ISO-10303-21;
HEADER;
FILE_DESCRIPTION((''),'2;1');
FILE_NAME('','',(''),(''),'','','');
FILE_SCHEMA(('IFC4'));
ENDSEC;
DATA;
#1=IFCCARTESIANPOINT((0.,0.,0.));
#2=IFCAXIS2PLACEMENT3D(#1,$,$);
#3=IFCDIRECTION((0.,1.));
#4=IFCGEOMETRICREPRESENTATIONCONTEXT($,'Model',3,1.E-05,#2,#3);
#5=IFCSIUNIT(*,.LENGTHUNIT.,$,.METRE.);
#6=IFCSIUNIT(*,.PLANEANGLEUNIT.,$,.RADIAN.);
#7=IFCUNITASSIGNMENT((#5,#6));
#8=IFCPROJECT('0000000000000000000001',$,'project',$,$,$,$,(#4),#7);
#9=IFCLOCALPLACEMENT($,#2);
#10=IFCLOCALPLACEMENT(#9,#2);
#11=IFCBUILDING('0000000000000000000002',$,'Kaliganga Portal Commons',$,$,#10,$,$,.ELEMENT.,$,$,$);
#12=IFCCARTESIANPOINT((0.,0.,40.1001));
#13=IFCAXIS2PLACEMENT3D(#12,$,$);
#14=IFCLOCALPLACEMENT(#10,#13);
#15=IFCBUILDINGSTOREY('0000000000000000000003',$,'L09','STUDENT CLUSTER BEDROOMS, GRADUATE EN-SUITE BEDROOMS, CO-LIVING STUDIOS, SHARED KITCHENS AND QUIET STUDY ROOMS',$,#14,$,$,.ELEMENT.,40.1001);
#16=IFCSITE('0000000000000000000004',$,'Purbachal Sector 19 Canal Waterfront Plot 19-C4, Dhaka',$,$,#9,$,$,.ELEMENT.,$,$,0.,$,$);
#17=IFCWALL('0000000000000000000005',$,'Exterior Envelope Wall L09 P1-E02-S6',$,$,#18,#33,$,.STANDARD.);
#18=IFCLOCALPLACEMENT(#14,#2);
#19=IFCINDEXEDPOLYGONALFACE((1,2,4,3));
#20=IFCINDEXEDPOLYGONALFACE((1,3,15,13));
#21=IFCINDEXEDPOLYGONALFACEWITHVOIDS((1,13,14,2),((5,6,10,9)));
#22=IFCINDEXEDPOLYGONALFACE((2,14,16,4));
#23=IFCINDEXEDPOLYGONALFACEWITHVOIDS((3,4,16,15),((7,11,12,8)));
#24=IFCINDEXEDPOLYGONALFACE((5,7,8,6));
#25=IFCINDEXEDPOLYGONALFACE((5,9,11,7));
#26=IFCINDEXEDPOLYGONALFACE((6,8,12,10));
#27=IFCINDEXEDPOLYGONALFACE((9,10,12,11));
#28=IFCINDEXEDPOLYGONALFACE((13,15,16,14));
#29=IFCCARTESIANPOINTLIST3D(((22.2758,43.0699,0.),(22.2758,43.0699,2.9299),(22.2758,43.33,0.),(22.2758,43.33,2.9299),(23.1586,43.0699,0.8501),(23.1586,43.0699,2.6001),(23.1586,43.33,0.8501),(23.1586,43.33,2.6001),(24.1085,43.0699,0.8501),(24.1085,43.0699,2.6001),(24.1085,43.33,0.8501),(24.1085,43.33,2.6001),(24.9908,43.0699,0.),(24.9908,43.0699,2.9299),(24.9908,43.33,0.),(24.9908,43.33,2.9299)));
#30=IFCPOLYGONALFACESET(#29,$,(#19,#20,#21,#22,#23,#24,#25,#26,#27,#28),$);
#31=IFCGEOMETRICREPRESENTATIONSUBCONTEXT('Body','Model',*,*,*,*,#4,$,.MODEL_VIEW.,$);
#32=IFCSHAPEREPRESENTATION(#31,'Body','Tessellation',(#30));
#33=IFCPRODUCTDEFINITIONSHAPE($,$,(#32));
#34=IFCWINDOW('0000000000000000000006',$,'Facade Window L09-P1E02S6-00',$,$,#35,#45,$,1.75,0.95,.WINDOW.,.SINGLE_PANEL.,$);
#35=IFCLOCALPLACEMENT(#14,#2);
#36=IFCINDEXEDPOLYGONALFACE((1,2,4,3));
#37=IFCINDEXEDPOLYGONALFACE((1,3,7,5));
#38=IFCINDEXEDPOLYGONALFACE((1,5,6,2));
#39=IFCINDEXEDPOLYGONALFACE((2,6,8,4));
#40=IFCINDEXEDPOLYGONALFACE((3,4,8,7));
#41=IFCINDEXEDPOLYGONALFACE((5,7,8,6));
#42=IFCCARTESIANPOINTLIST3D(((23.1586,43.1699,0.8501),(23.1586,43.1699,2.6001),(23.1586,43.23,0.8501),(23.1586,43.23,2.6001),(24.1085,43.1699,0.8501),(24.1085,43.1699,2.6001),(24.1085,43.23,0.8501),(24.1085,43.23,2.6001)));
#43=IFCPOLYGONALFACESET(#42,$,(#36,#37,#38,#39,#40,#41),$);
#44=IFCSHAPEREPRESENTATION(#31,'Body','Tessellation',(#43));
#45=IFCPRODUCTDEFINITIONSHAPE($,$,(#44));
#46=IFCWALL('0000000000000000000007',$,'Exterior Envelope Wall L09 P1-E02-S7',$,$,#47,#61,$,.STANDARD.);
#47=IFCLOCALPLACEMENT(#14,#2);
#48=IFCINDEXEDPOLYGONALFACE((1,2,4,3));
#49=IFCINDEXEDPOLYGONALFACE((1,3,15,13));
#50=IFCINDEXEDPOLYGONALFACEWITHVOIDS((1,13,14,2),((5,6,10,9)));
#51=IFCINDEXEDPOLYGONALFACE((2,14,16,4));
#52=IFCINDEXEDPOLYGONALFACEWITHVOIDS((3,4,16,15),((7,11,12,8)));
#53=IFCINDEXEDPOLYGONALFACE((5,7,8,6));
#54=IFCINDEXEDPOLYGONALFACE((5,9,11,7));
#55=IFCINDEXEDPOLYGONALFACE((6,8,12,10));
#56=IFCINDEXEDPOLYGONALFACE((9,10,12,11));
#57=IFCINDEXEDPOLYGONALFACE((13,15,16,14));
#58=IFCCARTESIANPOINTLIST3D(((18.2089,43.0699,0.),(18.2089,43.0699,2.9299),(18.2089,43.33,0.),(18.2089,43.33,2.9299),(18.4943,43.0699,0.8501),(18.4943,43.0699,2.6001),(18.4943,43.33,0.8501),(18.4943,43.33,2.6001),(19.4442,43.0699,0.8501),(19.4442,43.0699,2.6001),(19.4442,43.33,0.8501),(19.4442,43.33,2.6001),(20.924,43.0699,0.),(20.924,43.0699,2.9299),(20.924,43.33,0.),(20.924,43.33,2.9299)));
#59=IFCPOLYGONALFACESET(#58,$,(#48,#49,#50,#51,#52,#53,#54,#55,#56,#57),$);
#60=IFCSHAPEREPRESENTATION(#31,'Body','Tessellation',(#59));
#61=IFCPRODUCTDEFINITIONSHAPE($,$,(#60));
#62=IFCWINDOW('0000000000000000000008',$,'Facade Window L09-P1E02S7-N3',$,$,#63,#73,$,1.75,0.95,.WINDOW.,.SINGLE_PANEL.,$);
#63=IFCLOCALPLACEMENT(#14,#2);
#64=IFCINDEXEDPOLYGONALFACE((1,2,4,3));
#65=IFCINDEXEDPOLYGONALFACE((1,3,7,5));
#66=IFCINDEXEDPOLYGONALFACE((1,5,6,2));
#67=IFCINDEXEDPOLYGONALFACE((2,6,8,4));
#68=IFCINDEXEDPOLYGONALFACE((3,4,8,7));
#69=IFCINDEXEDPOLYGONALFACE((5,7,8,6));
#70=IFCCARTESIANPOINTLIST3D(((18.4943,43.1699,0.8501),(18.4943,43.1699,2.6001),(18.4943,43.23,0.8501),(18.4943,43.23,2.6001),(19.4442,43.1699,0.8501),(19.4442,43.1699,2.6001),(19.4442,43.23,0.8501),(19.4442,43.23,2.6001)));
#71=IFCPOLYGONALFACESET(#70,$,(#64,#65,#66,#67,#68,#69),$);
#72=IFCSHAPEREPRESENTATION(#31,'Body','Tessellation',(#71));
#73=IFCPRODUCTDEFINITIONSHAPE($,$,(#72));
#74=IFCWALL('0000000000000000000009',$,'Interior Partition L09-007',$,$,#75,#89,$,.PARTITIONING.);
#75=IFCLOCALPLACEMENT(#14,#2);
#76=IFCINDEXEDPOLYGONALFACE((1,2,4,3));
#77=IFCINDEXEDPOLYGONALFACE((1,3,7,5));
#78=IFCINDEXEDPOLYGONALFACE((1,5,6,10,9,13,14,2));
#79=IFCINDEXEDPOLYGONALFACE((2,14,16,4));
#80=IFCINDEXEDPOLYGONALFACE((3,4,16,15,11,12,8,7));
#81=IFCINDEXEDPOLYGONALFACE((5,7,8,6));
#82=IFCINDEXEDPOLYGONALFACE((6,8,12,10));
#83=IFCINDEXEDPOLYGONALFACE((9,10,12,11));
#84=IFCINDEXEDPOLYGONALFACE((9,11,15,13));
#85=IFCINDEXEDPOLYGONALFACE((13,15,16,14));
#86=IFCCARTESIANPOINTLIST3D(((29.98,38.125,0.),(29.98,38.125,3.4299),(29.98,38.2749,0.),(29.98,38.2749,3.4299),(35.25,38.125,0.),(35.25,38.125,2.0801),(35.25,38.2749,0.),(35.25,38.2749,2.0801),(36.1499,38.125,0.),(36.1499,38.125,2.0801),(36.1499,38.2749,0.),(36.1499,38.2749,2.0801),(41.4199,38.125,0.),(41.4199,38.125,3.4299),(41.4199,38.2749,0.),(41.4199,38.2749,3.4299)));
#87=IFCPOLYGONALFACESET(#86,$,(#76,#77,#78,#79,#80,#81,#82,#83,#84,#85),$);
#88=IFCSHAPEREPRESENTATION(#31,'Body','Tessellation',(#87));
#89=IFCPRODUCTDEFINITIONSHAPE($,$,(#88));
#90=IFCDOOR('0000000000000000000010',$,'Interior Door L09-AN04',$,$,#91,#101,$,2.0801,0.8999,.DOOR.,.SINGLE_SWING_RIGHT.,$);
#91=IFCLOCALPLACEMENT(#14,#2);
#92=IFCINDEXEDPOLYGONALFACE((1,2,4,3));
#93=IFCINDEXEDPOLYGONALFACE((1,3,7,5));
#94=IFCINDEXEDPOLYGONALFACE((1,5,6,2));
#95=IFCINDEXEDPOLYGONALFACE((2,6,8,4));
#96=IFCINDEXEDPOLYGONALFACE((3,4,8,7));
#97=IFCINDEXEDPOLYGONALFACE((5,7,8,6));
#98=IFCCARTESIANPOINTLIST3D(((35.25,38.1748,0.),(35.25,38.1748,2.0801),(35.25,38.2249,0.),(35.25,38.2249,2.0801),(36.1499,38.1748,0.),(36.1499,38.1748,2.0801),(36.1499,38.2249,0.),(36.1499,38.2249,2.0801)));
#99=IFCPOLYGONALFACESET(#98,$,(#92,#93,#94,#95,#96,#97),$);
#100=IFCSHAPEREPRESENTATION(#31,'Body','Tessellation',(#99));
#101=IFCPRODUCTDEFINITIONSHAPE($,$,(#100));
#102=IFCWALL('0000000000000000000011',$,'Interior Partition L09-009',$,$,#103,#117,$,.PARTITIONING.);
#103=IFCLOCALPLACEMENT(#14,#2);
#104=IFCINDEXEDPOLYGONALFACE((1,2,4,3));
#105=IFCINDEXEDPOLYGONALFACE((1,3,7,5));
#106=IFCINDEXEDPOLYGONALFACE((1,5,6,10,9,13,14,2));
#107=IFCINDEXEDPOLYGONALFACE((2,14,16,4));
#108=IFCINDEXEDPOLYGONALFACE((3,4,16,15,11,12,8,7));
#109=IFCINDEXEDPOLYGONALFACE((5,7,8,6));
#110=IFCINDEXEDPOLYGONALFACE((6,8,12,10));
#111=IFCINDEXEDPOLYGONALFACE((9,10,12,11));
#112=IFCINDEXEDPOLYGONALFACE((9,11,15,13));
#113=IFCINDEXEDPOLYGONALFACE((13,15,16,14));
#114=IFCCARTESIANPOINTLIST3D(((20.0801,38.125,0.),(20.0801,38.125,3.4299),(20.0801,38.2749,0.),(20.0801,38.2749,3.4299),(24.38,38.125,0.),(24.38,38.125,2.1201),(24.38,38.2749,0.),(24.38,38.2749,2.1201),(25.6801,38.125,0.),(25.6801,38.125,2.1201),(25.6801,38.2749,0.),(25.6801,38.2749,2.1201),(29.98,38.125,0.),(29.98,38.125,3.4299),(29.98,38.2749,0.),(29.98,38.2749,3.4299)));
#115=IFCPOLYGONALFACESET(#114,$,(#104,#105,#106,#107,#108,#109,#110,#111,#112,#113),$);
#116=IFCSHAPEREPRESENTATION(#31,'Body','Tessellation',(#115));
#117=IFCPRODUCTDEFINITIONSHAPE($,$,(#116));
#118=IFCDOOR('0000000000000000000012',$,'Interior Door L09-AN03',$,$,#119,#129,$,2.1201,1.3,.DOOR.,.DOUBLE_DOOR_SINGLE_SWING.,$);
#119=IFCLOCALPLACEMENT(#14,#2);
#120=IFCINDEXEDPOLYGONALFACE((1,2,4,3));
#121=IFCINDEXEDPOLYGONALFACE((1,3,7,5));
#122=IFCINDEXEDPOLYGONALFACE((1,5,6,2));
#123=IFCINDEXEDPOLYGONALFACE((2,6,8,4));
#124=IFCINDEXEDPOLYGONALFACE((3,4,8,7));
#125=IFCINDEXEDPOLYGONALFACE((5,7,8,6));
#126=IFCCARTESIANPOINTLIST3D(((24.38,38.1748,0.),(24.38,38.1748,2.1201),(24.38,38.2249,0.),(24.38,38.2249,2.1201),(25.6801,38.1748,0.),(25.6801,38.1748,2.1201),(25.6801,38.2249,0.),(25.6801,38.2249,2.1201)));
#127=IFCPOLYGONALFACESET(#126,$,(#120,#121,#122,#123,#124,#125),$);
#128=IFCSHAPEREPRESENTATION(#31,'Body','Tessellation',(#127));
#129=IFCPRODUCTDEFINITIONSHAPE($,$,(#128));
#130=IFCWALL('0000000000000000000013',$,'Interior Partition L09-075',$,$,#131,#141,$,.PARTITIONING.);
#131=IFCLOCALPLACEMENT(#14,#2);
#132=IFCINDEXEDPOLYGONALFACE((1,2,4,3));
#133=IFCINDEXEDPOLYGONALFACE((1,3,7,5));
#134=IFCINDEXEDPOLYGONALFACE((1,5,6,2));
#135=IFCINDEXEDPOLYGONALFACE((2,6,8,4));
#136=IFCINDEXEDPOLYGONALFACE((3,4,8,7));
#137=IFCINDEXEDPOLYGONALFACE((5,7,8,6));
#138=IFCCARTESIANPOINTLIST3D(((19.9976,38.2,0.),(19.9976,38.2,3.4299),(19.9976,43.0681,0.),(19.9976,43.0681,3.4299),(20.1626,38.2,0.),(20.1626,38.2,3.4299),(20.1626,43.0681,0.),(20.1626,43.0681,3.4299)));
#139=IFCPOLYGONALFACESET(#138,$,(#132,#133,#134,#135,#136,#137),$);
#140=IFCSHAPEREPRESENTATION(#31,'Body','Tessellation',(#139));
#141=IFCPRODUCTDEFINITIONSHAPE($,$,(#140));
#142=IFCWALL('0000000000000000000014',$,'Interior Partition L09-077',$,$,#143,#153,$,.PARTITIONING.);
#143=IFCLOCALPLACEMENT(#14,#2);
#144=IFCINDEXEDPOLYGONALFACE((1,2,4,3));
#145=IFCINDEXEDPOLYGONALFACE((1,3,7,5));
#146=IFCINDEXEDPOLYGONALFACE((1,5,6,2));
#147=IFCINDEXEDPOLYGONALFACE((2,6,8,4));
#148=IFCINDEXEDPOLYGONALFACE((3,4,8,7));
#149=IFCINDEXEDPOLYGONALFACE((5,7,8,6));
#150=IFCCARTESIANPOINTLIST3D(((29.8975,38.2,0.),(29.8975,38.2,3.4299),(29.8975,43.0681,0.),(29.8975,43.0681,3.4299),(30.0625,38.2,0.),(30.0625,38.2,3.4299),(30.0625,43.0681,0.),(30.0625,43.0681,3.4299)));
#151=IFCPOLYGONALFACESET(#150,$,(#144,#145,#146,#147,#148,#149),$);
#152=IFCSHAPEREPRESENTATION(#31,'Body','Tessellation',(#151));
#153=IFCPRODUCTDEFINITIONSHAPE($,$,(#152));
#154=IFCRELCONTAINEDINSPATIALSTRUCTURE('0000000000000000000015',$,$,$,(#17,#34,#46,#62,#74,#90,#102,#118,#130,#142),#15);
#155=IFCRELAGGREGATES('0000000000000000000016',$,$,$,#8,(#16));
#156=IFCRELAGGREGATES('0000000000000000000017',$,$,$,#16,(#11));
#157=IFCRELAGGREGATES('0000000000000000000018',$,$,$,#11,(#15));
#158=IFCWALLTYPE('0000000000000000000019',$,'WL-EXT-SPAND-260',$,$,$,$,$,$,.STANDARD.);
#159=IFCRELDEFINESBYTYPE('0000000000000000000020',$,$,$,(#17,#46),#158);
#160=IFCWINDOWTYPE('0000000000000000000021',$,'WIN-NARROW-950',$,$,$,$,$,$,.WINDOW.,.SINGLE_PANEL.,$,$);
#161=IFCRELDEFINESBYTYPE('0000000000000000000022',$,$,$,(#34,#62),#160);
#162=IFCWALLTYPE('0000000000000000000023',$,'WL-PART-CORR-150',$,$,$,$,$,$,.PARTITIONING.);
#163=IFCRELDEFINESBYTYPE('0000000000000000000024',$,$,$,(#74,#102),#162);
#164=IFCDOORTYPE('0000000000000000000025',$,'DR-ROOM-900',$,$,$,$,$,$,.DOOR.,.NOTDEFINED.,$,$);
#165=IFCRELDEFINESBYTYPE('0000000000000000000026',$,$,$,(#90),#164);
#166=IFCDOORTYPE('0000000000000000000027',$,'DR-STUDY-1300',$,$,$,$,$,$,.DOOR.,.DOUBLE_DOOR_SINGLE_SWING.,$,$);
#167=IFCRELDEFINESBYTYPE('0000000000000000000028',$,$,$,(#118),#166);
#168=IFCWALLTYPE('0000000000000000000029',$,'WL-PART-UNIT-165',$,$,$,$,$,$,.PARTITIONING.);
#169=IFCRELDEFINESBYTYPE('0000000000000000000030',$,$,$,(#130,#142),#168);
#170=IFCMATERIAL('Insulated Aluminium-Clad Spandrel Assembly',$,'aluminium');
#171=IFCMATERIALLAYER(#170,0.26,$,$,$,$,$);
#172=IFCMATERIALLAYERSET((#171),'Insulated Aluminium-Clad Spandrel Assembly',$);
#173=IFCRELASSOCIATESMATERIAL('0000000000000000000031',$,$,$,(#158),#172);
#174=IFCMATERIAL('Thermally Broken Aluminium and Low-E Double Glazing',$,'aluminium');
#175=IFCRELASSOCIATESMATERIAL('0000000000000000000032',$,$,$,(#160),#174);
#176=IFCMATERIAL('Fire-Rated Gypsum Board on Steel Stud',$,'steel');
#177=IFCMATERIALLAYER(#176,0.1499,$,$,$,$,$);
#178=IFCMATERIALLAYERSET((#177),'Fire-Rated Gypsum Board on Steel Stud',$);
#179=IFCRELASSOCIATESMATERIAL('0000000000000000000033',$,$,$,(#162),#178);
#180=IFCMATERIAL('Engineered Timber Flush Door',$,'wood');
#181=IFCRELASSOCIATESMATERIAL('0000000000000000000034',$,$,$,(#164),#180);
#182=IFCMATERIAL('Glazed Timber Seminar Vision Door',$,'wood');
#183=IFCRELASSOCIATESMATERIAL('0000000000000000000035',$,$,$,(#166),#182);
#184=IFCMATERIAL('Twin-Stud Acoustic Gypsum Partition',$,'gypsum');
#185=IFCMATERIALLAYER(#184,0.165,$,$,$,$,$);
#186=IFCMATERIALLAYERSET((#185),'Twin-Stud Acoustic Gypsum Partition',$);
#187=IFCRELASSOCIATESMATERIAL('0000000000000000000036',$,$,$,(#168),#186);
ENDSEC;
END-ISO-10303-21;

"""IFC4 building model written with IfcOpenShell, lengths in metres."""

from ifc_helpers import new_model, si_unit, direction, frame, frame_2d, origin, place, context, subcontext, project, spatial, rectangle, extrude, material, layer, layer_set, type_object, element, fill, save


model = new_model("IFC4")

# Units and contexts
model_context = context("Model", 3, precision=1e-05, world=origin(), true_north=direction((0.0, 1.0)))
body_context = subcontext(model_context, "Body", "Model", "MODEL_VIEW")
ifc_project = project(units=[si_unit("LENGTHUNIT", "METRE"), si_unit("PLANEANGLEUNIT", "RADIAN")], contexts=[model_context])

# Site, building, storey
site_placement = place(None, origin())
site = spatial("IfcSite", under=ifc_project, at=site_placement, Name="Purbachal Sector 19 Canal Waterfront Plot 19-C4, Dhaka", CompositionType="ELEMENT", RefElevation=0.0)
building_placement = place(site_placement, origin())
building = spatial("IfcBuilding", under=site, at=building_placement, Name="Kaliganga Portal Commons", CompositionType="ELEMENT")
storey_placement = place(building_placement, frame((0.0, 0.0, 40.1001)))
storey = spatial("IfcBuildingStorey", under=building, at=storey_placement, Name="L09", Description="STUDENT CLUSTER BEDROOMS, GRADUATE EN-SUITE BEDROOMS, CO-LIVING STUDIOS, SHARED KITCHENS AND QUIET STUDY ROOMS", CompositionType="ELEMENT", Elevation=40.1001)

# Walls, openings, windows
ifc_material_1 = material(Name="Insulated Aluminium-Clad Spandrel Assembly", Category="aluminium")
ifc_layer_1 = layer(ifc_material_1, 0.26)
ifc_layer_set_1 = layer_set([ifc_layer_1], Name="Insulated Aluminium-Clad Spandrel Assembly")
wall_type_1 = type_object("IfcWallType", Name="WL-EXT-SPAND-260", PredefinedType="STANDARD", material=ifc_layer_set_1)
ifc_material_2 = material(Name="Thermally Broken Aluminium and Low-E Double Glazing", Category="aluminium")
window_type = type_object("IfcWindowType", Name="WIN-NARROW-950", PartitioningType="SINGLE_PANEL", PredefinedType="WINDOW", material=ifc_material_2)
wall_1_placement = place(storey_placement, frame((22.2759, 43.2, 0.0), z_axis=(0.0, 0.0, 1.0), x_axis=(1.0, 0.0, 0.0)))
wall_1 = element("IfcWall", 1, at=wall_1_placement, inside=storey, type_object=wall_type_1, Name="Exterior Envelope Wall L09 P1-E02-S6", PredefinedType="STANDARD", context=body_context, shape_type="SweptSolid", body=[
    extrude(rectangle(XDim=2.7151, YDim=0.26, at=frame_2d((1.3574, 0.0))), origin(), (0.0, 0.0, 1.0), 2.9299),
])
opening_1_placement = place(wall_1_placement, frame((0.8826, 0.0, 0.8501)))
opening_1 = element("IfcOpeningElement", 2, at=opening_1_placement, cuts=wall_1, PredefinedType="OPENING", context=body_context, shape_type="SweptSolid", body=[
    extrude(rectangle(XDim=0.95, YDim=1.75, at=frame_2d((0.4751, 0.875))), frame((0.0, 0.1401, 0.0), z_axis=(0.0, -1.0, 0.0), x_axis=(1.0, 0.0, 0.0)), (0.0, 0.0, 1.0), 0.28),
])
window_1_placement = place(opening_1_placement, origin())
window_1 = element("IfcWindow", 3, at=window_1_placement, inside=storey, type_object=window_type, Name="Facade Window L09-P1E02S6-00", OverallHeight=1.75, OverallWidth=0.95, PartitioningType="SINGLE_PANEL", PredefinedType="WINDOW", context=body_context, shape_type="SweptSolid", body=[
    extrude(rectangle(XDim=0.95, YDim=1.75, at=frame_2d((0.4751, 0.875))), frame((0.0, 0.03, 0.0), z_axis=(0.0, -1.0, 0.0), x_axis=(1.0, 0.0, 0.0)), (0.0, 0.0, 1.0), 0.0601),
])
fill(opening_1, window_1)
wall_2_placement = place(storey_placement, frame((18.209, 43.2, 0.0), z_axis=(0.0, 0.0, 1.0), x_axis=(1.0, 0.0, 0.0)))
wall_2 = element("IfcWall", 4, at=wall_2_placement, inside=storey, type_object=wall_type_1, Name="Exterior Envelope Wall L09 P1-E02-S7", PredefinedType="STANDARD", context=body_context, shape_type="SweptSolid", body=[
    extrude(rectangle(XDim=2.7151, YDim=0.26, at=frame_2d((1.3574, 0.0))), origin(), (0.0, 0.0, 1.0), 2.9299),
])
opening_2_placement = place(wall_2_placement, frame((0.2852, 0.0, 0.8501)))
opening_2 = element("IfcOpeningElement", 5, at=opening_2_placement, cuts=wall_2, PredefinedType="OPENING", context=body_context, shape_type="SweptSolid", body=[
    extrude(rectangle(XDim=0.95, YDim=1.75, at=frame_2d((0.4751, 0.875))), frame((0.0, 0.1401, 0.0), z_axis=(0.0, -1.0, 0.0), x_axis=(1.0, 0.0, 0.0)), (0.0, 0.0, 1.0), 0.28),
])
window_2_placement = place(opening_2_placement, origin())
window_2 = element("IfcWindow", 6, at=window_2_placement, inside=storey, type_object=window_type, Name="Facade Window L09-P1E02S7-N3", OverallHeight=1.75, OverallWidth=0.95, PartitioningType="SINGLE_PANEL", PredefinedType="WINDOW", context=body_context, shape_type="SweptSolid", body=[
    extrude(rectangle(XDim=0.95, YDim=1.75, at=frame_2d((0.4751, 0.875))), frame((0.0, 0.03, 0.0), z_axis=(0.0, -1.0, 0.0), x_axis=(1.0, 0.0, 0.0)), (0.0, 0.0, 1.0), 0.0601),
])
fill(opening_2, window_2)

# Walls, openings, doors
ifc_material_3 = material(Name="Fire-Rated Gypsum Board on Steel Stud", Category="steel")
ifc_layer_2 = layer(ifc_material_3, 0.1499)
ifc_layer_set_2 = layer_set([ifc_layer_2], Name="Fire-Rated Gypsum Board on Steel Stud")
wall_type_2 = type_object("IfcWallType", Name="WL-PART-CORR-150", PredefinedType="PARTITIONING", material=ifc_layer_set_2)
wall_3_placement = place(storey_placement, frame((29.98, 38.2, 0.0), z_axis=(0.0, 0.0, 1.0), x_axis=(1.0, 0.0, 0.0)))
wall_3 = element("IfcWall", 7, at=wall_3_placement, inside=storey, type_object=wall_type_2, Name="Interior Partition L09-007", PredefinedType="PARTITIONING", context=body_context, shape_type="SweptSolid", body=[
    extrude(rectangle(XDim=11.4399, YDim=0.1499, at=frame_2d((5.72, 0.0))), origin(), (0.0, 0.0, 1.0), 3.4299),
])
opening_3_placement = place(wall_3_placement, frame((5.27, 0.0, 0.0)))
opening_3 = element("IfcOpeningElement", 8, at=opening_3_placement, cuts=wall_3, PredefinedType="OPENING", context=body_context, shape_type="SweptSolid", body=[
    extrude(rectangle(XDim=0.8999, YDim=2.0801, at=frame_2d((0.45, 1.04))), frame((0.0, 0.085, 0.0), z_axis=(0.0, -1.0, 0.0), x_axis=(1.0, 0.0, 0.0)), (0.0, 0.0, 1.0), 0.1699),
])
ifc_material_4 = material(Name="Engineered Timber Flush Door", Category="wood")
door_type_1 = type_object("IfcDoorType", Name="DR-ROOM-900", OperationType="NOTDEFINED", PredefinedType="DOOR", material=ifc_material_4)
door_1_placement = place(opening_3_placement, origin())
door_1 = element("IfcDoor", 9, at=door_1_placement, inside=storey, type_object=door_type_1, Name="Interior Door L09-AN04", OperationType="SINGLE_SWING_RIGHT", OverallHeight=2.0801, OverallWidth=0.8999, PredefinedType="DOOR", context=body_context, shape_type="SweptSolid", body=[
    extrude(rectangle(XDim=0.8999, YDim=2.0801, at=frame_2d((0.45, 1.04))), frame((0.0, 0.0249, 0.0), z_axis=(0.0, -1.0, 0.0), x_axis=(1.0, 0.0, 0.0)), (0.0, 0.0, 1.0), 0.05),
])
fill(opening_3, door_1)
wall_4_placement = place(storey_placement, frame((20.0801, 38.2, 0.0), z_axis=(0.0, 0.0, 1.0), x_axis=(1.0, 0.0, 0.0)))
wall_4 = element("IfcWall", 10, at=wall_4_placement, inside=storey, type_object=wall_type_2, Name="Interior Partition L09-009", PredefinedType="PARTITIONING", context=body_context, shape_type="SweptSolid", body=[
    extrude(rectangle(XDim=9.8999, YDim=0.1499, at=frame_2d((4.95, 0.0))), origin(), (0.0, 0.0, 1.0), 3.4299),
])
opening_4_placement = place(wall_4_placement, frame((4.3, 0.0, 0.0)))
opening_4 = element("IfcOpeningElement", 11, at=opening_4_placement, cuts=wall_4, PredefinedType="OPENING", context=body_context, shape_type="SweptSolid", body=[
    extrude(rectangle(XDim=1.3, YDim=2.1201, at=frame_2d((0.6499, 1.0601))), frame((0.0, 0.085, 0.0), z_axis=(0.0, -1.0, 0.0), x_axis=(1.0, 0.0, 0.0)), (0.0, 0.0, 1.0), 0.1699),
])
ifc_material_5 = material(Name="Glazed Timber Seminar Vision Door", Category="wood")
door_type_2 = type_object("IfcDoorType", Name="DR-STUDY-1300", OperationType="DOUBLE_DOOR_SINGLE_SWING", PredefinedType="DOOR", material=ifc_material_5)
door_2_placement = place(opening_4_placement, origin())
door_2 = element("IfcDoor", 12, at=door_2_placement, inside=storey, type_object=door_type_2, Name="Interior Door L09-AN03", OperationType="DOUBLE_DOOR_SINGLE_SWING", OverallHeight=2.1201, OverallWidth=1.3, PredefinedType="DOOR", context=body_context, shape_type="SweptSolid", body=[
    extrude(rectangle(XDim=1.3, YDim=2.1201, at=frame_2d((0.6499, 1.0601))), frame((0.0, 0.0249, 0.0), z_axis=(0.0, -1.0, 0.0), x_axis=(1.0, 0.0, 0.0)), (0.0, 0.0, 1.0), 0.05),
])
fill(opening_4, door_2)

# Walls
ifc_material_6 = material(Name="Twin-Stud Acoustic Gypsum Partition", Category="gypsum")
ifc_layer_3 = layer(ifc_material_6, 0.165)
ifc_layer_set_3 = layer_set([ifc_layer_3], Name="Twin-Stud Acoustic Gypsum Partition")
wall_type_3 = type_object("IfcWallType", Name="WL-PART-UNIT-165", PredefinedType="PARTITIONING", material=ifc_layer_set_3)
for number, where, z_axis, x_axis, name in (
    (13, (20.0801, 38.2, 0.0), (0.0, 0.0, 1.0), (0.0, 1.0, 0.0), "Interior Partition L09-075"),
    (14, (29.98, 38.2, 0.0), (0.0, 0.0, 1.0), (0.0, 1.0, 0.0), "Interior Partition L09-077"),
):
    element("IfcWall", number, at=place(storey_placement, frame(where, z_axis=z_axis, x_axis=x_axis)), inside=storey, type_object=wall_type_3, Name=name, PredefinedType="PARTITIONING", context=body_context, shape_type="SweptSolid", body=[
        extrude(rectangle(XDim=4.8682, YDim=0.165, at=frame_2d((2.4341, 0.0))), origin(), (0.0, 0.0, 1.0), 3.4299),
    ])

save(model, "model.ifc")
